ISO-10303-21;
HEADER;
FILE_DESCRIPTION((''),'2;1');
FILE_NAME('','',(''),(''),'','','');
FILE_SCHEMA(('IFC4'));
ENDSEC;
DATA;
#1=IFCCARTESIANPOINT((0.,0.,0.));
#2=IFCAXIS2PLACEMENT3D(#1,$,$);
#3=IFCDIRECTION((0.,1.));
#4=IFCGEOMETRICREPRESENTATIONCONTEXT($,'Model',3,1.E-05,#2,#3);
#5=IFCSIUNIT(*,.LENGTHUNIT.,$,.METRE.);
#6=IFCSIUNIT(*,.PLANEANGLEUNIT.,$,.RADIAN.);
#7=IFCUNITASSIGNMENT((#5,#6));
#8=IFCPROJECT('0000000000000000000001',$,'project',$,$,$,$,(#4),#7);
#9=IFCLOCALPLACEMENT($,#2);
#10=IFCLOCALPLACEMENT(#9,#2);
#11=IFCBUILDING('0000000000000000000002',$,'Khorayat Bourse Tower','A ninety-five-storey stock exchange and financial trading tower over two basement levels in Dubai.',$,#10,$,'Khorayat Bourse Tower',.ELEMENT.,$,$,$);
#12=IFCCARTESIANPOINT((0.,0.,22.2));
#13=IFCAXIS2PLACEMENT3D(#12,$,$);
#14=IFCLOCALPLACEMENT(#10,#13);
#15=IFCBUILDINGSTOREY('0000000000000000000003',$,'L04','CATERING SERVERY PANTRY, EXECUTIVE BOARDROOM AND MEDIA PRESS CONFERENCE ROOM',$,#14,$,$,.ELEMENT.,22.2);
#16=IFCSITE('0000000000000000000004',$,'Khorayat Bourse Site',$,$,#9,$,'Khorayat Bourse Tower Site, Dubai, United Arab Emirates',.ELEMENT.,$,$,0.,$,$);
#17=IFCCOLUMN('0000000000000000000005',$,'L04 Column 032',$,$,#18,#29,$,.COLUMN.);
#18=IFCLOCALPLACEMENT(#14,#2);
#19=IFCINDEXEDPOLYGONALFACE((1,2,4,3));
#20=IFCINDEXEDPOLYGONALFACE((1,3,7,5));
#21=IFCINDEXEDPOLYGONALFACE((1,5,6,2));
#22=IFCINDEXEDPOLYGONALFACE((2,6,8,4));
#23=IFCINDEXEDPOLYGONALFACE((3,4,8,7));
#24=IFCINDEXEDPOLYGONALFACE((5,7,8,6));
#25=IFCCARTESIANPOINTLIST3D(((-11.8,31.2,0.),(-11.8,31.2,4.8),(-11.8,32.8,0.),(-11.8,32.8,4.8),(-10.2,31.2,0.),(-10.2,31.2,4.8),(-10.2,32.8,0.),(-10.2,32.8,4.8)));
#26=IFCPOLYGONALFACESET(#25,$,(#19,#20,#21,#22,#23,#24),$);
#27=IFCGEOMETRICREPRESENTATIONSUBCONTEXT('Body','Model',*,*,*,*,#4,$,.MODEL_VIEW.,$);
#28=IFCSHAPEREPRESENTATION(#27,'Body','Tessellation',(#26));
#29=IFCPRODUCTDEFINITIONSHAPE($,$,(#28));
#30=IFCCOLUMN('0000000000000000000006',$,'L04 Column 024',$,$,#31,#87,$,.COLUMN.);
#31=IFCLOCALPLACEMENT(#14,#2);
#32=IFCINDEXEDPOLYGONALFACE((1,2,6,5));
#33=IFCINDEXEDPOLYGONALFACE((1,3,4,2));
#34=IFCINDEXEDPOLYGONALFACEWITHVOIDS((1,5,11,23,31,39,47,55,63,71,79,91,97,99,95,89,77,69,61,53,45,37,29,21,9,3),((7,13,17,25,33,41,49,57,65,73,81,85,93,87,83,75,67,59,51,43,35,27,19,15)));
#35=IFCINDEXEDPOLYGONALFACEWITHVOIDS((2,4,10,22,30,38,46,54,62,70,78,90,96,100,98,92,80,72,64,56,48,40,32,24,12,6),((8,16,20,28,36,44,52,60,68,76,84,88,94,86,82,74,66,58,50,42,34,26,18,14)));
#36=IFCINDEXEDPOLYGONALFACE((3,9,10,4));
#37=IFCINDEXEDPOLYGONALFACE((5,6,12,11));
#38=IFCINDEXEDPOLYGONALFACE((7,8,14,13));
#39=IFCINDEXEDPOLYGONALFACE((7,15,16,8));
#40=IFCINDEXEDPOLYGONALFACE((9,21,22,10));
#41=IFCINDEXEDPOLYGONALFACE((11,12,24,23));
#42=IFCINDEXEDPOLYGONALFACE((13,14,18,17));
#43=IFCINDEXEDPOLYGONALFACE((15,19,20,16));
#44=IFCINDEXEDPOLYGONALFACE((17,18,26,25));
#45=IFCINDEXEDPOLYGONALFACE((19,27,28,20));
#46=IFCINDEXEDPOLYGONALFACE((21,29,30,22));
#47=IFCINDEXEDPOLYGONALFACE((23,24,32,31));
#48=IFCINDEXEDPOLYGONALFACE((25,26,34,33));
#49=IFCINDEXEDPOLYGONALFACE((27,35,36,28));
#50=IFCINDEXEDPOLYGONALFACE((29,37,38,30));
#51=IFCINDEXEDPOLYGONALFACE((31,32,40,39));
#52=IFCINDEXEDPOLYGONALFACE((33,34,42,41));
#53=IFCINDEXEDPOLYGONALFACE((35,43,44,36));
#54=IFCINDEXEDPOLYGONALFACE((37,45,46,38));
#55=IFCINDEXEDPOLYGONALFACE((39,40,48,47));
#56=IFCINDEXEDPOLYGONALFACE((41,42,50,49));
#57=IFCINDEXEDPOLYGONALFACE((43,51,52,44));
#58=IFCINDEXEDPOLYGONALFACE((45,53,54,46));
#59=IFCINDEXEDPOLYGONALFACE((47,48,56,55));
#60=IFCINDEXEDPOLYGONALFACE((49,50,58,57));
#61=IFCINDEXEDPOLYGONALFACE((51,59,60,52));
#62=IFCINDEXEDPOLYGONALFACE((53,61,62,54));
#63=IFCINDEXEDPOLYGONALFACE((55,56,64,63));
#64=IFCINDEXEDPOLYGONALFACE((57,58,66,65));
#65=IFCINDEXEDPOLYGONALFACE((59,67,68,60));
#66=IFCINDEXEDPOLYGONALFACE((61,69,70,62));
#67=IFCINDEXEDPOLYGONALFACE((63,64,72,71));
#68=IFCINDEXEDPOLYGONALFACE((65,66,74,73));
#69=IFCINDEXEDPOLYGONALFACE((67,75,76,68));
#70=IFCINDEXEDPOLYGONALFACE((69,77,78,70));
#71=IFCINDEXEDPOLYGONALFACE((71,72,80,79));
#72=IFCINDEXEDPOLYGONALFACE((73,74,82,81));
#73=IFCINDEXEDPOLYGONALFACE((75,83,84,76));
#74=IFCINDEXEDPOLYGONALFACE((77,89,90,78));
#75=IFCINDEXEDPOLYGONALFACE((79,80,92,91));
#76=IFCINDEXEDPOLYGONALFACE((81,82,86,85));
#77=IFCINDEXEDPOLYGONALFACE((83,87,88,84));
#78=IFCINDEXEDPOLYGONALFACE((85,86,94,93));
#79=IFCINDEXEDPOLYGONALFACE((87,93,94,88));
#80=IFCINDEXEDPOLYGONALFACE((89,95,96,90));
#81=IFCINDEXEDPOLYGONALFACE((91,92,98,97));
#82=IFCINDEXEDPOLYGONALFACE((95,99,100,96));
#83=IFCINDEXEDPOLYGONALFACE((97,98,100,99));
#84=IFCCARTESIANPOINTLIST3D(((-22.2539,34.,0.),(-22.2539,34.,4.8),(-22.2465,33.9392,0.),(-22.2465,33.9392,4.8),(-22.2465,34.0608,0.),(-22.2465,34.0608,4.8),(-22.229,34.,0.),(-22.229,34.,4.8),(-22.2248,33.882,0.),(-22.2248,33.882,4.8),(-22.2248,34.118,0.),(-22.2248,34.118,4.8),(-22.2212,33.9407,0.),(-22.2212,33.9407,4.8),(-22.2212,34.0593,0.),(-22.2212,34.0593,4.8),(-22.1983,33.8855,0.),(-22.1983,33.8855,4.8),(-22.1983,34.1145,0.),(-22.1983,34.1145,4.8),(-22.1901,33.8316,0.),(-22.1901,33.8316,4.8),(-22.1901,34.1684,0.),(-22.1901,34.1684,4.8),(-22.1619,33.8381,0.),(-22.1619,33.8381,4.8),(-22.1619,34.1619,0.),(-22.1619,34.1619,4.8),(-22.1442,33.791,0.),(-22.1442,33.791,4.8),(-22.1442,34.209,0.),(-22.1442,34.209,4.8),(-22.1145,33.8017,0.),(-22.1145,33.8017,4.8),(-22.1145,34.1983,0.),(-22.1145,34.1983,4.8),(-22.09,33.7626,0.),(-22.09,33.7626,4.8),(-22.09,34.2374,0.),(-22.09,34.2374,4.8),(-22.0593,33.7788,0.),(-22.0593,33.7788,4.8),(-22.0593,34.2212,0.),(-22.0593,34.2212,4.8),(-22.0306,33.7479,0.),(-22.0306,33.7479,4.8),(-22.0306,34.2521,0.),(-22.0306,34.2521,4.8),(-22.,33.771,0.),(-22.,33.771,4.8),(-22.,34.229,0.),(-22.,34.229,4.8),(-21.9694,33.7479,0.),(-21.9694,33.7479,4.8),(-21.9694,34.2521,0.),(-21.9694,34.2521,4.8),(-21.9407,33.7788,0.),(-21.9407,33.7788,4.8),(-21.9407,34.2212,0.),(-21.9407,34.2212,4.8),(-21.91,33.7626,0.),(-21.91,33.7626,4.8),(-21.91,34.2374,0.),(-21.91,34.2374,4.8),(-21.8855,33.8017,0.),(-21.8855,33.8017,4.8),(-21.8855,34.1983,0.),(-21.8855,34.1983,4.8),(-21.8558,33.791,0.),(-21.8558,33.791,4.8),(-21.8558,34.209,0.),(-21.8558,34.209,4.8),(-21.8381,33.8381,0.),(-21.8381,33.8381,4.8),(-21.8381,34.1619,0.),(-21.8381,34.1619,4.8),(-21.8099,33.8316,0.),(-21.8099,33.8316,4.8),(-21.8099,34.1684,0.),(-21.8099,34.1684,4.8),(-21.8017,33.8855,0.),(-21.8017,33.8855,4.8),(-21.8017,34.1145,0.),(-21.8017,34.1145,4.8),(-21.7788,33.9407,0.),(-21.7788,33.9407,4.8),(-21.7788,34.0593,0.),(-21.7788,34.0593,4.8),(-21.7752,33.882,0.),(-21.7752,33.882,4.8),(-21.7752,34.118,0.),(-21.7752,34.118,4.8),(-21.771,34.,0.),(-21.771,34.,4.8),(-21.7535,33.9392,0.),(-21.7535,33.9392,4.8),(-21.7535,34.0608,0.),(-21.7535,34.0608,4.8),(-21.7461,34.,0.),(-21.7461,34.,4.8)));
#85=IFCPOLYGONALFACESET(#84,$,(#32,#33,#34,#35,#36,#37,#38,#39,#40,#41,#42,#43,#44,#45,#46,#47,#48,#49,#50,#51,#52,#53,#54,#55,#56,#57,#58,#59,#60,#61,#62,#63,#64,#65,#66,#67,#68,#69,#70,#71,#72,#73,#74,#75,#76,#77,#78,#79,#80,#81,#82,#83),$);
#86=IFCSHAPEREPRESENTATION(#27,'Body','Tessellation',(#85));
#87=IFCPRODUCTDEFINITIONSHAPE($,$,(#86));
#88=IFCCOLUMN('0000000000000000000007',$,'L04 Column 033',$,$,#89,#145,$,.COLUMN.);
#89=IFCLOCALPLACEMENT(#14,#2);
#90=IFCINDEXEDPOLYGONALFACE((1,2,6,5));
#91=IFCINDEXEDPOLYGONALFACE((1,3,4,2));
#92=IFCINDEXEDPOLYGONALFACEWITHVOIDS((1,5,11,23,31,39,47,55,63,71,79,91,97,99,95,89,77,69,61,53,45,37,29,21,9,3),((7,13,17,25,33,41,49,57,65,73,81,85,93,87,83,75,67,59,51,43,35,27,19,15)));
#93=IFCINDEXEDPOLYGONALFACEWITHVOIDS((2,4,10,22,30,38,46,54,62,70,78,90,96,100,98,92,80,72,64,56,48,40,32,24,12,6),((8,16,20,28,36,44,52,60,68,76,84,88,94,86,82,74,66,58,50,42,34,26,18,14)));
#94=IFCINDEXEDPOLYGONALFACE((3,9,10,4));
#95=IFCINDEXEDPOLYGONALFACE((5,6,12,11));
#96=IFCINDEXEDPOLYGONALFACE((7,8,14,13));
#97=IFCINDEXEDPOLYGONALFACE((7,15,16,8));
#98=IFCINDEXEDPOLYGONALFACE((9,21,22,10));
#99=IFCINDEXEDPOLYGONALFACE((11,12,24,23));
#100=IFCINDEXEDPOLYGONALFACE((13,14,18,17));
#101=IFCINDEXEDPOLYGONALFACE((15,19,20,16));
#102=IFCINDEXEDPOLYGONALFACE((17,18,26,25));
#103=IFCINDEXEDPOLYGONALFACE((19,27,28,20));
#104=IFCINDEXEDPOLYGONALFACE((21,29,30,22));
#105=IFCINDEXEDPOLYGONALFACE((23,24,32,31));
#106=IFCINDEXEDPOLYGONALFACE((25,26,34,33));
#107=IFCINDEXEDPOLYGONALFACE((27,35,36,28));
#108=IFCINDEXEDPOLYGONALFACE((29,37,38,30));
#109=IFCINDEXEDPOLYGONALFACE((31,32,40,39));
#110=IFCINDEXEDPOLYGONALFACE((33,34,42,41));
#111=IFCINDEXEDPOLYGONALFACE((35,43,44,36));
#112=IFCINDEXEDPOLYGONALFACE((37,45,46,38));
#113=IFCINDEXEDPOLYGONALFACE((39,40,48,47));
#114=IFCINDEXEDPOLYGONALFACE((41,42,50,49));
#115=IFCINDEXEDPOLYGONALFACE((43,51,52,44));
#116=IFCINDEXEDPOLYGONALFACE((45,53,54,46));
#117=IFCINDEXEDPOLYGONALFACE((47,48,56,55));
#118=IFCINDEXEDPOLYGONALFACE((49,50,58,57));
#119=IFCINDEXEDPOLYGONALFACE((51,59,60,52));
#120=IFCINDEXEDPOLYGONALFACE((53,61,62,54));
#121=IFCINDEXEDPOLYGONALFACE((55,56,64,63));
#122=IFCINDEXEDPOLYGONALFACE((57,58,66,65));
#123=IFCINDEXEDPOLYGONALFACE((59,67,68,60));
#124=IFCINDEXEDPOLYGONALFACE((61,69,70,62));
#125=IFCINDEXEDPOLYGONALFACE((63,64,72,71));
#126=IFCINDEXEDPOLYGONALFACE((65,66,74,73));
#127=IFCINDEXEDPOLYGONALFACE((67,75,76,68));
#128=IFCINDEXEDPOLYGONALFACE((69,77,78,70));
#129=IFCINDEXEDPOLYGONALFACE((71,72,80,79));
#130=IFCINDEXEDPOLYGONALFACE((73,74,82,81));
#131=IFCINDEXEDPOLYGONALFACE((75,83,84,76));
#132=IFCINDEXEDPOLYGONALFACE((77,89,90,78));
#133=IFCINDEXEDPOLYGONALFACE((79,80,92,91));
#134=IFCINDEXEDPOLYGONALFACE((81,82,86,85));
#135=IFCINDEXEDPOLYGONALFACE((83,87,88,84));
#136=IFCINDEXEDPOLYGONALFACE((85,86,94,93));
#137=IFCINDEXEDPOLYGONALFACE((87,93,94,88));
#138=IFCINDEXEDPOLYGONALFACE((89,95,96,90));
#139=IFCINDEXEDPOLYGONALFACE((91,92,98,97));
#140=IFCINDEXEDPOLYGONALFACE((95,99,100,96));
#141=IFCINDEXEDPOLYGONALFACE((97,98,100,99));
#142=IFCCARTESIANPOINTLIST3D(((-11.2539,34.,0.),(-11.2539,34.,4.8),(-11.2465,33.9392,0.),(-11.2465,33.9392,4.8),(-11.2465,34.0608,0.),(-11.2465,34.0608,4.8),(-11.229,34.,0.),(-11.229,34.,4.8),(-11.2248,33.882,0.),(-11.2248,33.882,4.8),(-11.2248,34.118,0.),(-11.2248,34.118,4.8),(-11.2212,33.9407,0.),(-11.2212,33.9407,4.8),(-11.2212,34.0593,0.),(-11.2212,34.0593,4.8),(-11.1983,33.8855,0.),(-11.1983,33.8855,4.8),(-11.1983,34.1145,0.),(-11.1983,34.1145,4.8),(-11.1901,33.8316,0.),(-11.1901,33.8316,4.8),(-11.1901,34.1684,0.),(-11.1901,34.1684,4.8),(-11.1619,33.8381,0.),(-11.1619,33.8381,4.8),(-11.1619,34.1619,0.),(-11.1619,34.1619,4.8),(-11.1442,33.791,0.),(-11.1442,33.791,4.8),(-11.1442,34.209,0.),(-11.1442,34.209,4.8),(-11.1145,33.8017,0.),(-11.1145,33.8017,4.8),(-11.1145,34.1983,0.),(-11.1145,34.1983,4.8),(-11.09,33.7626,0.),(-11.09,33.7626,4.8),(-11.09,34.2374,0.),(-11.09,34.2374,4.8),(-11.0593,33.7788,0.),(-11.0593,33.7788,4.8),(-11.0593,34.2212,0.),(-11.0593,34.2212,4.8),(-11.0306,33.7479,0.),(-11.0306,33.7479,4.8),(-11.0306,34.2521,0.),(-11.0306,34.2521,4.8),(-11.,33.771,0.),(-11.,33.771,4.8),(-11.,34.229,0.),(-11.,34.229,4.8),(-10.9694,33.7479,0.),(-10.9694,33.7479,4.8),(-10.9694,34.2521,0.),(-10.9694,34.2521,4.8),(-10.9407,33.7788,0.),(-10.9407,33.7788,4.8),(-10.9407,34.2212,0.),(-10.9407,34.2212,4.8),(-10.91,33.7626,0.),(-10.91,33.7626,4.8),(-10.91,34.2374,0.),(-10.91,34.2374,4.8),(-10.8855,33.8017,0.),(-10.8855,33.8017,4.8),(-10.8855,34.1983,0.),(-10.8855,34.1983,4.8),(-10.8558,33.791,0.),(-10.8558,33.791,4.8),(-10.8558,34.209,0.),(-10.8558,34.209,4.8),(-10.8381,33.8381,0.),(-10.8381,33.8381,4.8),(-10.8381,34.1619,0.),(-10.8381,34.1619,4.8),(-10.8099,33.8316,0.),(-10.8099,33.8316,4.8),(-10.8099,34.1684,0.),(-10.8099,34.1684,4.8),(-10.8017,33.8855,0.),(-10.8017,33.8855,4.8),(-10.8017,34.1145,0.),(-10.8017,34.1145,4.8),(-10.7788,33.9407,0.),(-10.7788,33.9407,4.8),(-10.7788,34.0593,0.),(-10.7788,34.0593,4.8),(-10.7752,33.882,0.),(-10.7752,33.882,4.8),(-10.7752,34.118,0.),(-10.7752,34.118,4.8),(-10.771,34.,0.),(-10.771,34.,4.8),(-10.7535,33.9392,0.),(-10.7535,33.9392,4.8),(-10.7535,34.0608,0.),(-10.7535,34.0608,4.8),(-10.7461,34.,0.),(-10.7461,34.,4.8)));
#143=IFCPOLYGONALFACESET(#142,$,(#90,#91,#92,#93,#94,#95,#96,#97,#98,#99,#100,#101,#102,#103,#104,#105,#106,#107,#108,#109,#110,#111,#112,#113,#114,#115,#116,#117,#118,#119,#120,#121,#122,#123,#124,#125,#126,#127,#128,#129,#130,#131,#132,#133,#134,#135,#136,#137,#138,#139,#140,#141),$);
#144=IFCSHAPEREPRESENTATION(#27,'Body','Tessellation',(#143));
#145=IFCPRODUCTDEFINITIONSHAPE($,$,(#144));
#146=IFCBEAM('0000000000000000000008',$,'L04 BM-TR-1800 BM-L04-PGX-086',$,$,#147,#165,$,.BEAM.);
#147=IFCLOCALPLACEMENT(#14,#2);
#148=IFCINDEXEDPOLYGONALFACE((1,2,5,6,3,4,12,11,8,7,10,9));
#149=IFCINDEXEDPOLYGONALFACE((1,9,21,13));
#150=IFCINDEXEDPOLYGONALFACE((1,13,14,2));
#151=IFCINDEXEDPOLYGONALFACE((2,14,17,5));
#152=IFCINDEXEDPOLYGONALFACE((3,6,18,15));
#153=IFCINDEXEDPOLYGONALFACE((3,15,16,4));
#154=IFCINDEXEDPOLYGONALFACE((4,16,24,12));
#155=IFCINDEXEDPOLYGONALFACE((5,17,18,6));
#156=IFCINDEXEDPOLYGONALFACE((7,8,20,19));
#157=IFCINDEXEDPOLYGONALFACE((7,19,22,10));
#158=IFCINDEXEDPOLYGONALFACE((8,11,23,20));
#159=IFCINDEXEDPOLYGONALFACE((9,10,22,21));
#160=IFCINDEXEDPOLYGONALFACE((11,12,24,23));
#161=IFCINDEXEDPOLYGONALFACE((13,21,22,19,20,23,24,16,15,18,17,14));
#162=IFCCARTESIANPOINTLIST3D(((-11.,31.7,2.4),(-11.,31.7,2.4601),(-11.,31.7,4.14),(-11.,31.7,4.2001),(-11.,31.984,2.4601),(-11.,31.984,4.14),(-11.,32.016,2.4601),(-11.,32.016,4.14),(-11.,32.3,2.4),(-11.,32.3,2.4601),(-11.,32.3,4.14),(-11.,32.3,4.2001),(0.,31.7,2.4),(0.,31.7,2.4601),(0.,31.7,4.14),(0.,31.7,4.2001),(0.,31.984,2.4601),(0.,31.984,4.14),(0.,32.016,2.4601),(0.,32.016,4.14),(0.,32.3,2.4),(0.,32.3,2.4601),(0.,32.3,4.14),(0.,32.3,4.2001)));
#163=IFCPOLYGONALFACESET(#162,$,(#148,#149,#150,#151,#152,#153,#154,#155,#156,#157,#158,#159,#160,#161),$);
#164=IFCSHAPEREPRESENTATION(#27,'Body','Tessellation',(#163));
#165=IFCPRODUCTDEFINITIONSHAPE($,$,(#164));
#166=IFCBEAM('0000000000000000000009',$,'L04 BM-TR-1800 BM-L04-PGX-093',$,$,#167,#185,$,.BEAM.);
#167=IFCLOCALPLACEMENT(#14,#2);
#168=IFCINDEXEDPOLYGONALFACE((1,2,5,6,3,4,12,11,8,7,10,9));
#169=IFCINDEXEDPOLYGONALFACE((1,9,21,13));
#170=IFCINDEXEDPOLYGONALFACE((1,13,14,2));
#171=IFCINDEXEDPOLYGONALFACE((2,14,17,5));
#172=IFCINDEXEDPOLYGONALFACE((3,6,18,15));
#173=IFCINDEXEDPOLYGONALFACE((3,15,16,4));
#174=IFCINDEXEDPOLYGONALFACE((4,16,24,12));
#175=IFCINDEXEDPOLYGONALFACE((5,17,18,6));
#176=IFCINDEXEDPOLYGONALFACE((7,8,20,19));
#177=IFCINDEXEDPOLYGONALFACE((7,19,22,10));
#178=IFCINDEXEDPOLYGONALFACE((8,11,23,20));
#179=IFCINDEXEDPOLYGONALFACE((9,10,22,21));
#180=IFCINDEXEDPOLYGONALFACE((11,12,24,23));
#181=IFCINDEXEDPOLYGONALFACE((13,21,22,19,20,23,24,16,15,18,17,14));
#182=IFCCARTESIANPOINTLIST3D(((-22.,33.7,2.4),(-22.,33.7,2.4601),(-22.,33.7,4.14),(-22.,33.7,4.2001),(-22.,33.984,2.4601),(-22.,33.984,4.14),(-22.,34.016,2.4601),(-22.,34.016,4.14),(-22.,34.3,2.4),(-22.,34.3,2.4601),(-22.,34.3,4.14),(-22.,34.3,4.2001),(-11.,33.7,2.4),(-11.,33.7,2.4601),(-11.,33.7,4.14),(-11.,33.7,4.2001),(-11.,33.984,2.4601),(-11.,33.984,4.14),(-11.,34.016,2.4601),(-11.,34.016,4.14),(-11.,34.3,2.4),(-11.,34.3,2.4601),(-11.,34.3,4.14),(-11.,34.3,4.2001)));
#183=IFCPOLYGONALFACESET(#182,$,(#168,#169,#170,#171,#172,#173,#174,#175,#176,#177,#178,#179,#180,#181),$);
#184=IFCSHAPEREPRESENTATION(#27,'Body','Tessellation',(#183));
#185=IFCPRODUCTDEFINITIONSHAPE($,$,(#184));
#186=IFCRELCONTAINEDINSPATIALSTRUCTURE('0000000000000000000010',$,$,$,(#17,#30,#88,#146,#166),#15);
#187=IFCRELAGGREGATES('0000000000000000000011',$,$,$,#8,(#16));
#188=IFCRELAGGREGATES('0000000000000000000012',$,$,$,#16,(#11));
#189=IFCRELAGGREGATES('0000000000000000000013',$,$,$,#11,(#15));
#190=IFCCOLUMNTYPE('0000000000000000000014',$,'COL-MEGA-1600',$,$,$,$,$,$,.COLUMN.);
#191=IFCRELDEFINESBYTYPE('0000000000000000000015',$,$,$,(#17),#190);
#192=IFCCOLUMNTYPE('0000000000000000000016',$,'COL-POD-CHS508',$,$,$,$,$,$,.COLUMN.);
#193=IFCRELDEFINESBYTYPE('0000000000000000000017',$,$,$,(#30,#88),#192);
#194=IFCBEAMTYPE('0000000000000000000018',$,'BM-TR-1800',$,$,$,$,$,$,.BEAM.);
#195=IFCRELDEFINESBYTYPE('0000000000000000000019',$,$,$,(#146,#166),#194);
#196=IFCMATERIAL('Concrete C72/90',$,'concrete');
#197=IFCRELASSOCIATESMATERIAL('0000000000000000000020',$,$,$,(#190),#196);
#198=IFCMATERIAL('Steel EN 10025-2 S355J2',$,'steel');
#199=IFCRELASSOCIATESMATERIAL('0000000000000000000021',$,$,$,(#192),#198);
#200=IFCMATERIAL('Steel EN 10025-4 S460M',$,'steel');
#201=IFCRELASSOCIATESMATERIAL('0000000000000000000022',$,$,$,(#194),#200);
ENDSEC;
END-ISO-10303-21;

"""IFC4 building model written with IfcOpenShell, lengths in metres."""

from ifc_helpers import new_model, si_unit, direction, frame, origin, origin_2d, place, context, subcontext, project, spatial, rectangle, hollow_circle, i_section, extrude, source, transform, mapped, material, material_profile, profile_set, type_object, element, save


model = new_model("IFC4")

# Units and contexts
model_context = context("Model", 3, precision=1e-05, world=origin(), true_north=direction((0.0, 1.0)))
body_context = subcontext(model_context, "Body", "Model", "MODEL_VIEW")
ifc_project = project(units=[si_unit("LENGTHUNIT", "METRE"), si_unit("PLANEANGLEUNIT", "RADIAN")], contexts=[model_context])

# Site, building, storey
site_placement = place(None, origin())
site = spatial("IfcSite", under=ifc_project, at=site_placement, Name="Khorayat Bourse Site", LongName="Khorayat Bourse Tower Site, Dubai, United Arab Emirates", CompositionType="ELEMENT", RefElevation=0.0)
building_placement = place(site_placement, origin())
building = spatial("IfcBuilding", under=site, at=building_placement, Name="Khorayat Bourse Tower", Description="A ninety-five-storey stock exchange and financial trading tower over two basement levels in Dubai.", LongName="Khorayat Bourse Tower", CompositionType="ELEMENT")
storey_placement = place(building_placement, frame((0.0, 0.0, 22.2)))
storey = spatial("IfcBuildingStorey", under=building, at=storey_placement, Name="L04", Description="CATERING SERVERY PANTRY, EXECUTIVE BOARDROOM AND MEDIA PRESS CONFERENCE ROOM", CompositionType="ELEMENT", Elevation=22.2)

# Columns
ifc_material_1 = material(Name="Concrete C72/90", Category="concrete")
ifc_material_profile_1 = material_profile(ifc_material_1, rectangle(XDim=1.6001, YDim=1.6001, at=origin_2d()), Name="RC 1600x1600")
ifc_profile_set_1 = profile_set([ifc_material_profile_1], Name="Concrete C72/90")
column_type_1 = type_object("IfcColumnType", Name="COL-MEGA-1600", PredefinedType="COLUMN", material=ifc_profile_set_1)
shared_shape_1 = source(origin(), body_context, "Body", "SweptSolid", [
    extrude(rectangle(XDim=1.6001, YDim=1.6001, at=origin_2d()), origin(), (0.0, 0.0, 1.0), 4.8),
])
column_placement = place(storey_placement, frame((-11.0, 32.0, 0.0), z_axis=(0.0, 0.0, 1.0), x_axis=(1.0, 0.0, 0.0)))
element("IfcColumn", 1, at=column_placement, inside=storey, type_object=column_type_1, Name="L04 Column 032", PredefinedType="COLUMN", context=body_context, shape_type="MappedRepresentation", body=[
    mapped(shared_shape_1, transform((0.0, 0.0, 0.0), scale=1.0)),
])
ifc_material_2 = material(Name="Steel EN 10025-2 S355J2", Category="steel")
ifc_material_profile_2 = material_profile(ifc_material_2, hollow_circle(Radius=0.2539, WallThickness=0.0249, at=origin_2d()), Name="CHS 508x25")
ifc_profile_set_2 = profile_set([ifc_material_profile_2], Name="Steel EN 10025-2 S355J2")
column_type_2 = type_object("IfcColumnType", Name="COL-POD-CHS508", PredefinedType="COLUMN", material=ifc_profile_set_2)
shared_shape_2 = source(origin(), body_context, "Body", "SweptSolid", [
    extrude(hollow_circle(Radius=0.2539, WallThickness=0.0249, at=origin_2d()), origin(), (0.0, 0.0, 1.0), 4.8),
])
for number, where, z_axis, x_axis, name in (
    (2, (-22.0, 34.0, 0.0), (0.0, 0.0, 1.0), (1.0, 0.0, 0.0), "L04 Column 024"),
    (3, (-11.0, 34.0, 0.0), (0.0, 0.0, 1.0), (1.0, 0.0, 0.0), "L04 Column 033"),
):
    element("IfcColumn", number, at=place(storey_placement, frame(where, z_axis=z_axis, x_axis=x_axis)), inside=storey, type_object=column_type_2, Name=name, PredefinedType="COLUMN", context=body_context, shape_type="MappedRepresentation", body=[
        mapped(shared_shape_2, transform((0.0, 0.0, 0.0), scale=1.0)),
    ])

# Beams
ifc_material_3 = material(Name="Steel EN 10025-4 S460M", Category="steel")
ifc_material_profile_3 = material_profile(ifc_material_3, i_section(OverallWidth=0.6001, OverallDepth=1.8, WebThickness=0.032, FlangeThickness=0.0601, at=origin_2d()), Name="PG 1800x600x32x60")
ifc_profile_set_3 = profile_set([ifc_material_profile_3], Name="Steel EN 10025-4 S460M")
beam_type_1 = type_object("IfcBeamType", Name="BM-TR-1800", PredefinedType="BEAM", material=ifc_profile_set_3)
shared_shape_3 = source(origin(), body_context, "Body", "SweptSolid", [
    extrude(i_section(OverallWidth=0.6001, OverallDepth=1.8, WebThickness=0.032, FlangeThickness=0.0601, at=origin_2d()), origin(), (0.0, 0.0, 1.0), 11.0),
])
for number, where, z_axis, x_axis, name in (
    (4, (-11.0, 32.0, 3.3), (1.0, 0.0, 0.0), (0.0, 1.0, 0.0), "L04 BM-TR-1800 BM-L04-PGX-086"),
    (5, (-22.0, 34.0, 3.3), (1.0, 0.0, 0.0), (0.0, 1.0, 0.0), "L04 BM-TR-1800 BM-L04-PGX-093"),
):
    element("IfcBeam", number, at=place(storey_placement, frame(where, z_axis=z_axis, x_axis=x_axis)), inside=storey, type_object=beam_type_1, Name=name, PredefinedType="BEAM", context=body_context, shape_type="MappedRepresentation", body=[
        mapped(shared_shape_3, transform((0.0, 0.0, 0.0), scale=1.0)),
    ])

save(model, "model.ifc")
